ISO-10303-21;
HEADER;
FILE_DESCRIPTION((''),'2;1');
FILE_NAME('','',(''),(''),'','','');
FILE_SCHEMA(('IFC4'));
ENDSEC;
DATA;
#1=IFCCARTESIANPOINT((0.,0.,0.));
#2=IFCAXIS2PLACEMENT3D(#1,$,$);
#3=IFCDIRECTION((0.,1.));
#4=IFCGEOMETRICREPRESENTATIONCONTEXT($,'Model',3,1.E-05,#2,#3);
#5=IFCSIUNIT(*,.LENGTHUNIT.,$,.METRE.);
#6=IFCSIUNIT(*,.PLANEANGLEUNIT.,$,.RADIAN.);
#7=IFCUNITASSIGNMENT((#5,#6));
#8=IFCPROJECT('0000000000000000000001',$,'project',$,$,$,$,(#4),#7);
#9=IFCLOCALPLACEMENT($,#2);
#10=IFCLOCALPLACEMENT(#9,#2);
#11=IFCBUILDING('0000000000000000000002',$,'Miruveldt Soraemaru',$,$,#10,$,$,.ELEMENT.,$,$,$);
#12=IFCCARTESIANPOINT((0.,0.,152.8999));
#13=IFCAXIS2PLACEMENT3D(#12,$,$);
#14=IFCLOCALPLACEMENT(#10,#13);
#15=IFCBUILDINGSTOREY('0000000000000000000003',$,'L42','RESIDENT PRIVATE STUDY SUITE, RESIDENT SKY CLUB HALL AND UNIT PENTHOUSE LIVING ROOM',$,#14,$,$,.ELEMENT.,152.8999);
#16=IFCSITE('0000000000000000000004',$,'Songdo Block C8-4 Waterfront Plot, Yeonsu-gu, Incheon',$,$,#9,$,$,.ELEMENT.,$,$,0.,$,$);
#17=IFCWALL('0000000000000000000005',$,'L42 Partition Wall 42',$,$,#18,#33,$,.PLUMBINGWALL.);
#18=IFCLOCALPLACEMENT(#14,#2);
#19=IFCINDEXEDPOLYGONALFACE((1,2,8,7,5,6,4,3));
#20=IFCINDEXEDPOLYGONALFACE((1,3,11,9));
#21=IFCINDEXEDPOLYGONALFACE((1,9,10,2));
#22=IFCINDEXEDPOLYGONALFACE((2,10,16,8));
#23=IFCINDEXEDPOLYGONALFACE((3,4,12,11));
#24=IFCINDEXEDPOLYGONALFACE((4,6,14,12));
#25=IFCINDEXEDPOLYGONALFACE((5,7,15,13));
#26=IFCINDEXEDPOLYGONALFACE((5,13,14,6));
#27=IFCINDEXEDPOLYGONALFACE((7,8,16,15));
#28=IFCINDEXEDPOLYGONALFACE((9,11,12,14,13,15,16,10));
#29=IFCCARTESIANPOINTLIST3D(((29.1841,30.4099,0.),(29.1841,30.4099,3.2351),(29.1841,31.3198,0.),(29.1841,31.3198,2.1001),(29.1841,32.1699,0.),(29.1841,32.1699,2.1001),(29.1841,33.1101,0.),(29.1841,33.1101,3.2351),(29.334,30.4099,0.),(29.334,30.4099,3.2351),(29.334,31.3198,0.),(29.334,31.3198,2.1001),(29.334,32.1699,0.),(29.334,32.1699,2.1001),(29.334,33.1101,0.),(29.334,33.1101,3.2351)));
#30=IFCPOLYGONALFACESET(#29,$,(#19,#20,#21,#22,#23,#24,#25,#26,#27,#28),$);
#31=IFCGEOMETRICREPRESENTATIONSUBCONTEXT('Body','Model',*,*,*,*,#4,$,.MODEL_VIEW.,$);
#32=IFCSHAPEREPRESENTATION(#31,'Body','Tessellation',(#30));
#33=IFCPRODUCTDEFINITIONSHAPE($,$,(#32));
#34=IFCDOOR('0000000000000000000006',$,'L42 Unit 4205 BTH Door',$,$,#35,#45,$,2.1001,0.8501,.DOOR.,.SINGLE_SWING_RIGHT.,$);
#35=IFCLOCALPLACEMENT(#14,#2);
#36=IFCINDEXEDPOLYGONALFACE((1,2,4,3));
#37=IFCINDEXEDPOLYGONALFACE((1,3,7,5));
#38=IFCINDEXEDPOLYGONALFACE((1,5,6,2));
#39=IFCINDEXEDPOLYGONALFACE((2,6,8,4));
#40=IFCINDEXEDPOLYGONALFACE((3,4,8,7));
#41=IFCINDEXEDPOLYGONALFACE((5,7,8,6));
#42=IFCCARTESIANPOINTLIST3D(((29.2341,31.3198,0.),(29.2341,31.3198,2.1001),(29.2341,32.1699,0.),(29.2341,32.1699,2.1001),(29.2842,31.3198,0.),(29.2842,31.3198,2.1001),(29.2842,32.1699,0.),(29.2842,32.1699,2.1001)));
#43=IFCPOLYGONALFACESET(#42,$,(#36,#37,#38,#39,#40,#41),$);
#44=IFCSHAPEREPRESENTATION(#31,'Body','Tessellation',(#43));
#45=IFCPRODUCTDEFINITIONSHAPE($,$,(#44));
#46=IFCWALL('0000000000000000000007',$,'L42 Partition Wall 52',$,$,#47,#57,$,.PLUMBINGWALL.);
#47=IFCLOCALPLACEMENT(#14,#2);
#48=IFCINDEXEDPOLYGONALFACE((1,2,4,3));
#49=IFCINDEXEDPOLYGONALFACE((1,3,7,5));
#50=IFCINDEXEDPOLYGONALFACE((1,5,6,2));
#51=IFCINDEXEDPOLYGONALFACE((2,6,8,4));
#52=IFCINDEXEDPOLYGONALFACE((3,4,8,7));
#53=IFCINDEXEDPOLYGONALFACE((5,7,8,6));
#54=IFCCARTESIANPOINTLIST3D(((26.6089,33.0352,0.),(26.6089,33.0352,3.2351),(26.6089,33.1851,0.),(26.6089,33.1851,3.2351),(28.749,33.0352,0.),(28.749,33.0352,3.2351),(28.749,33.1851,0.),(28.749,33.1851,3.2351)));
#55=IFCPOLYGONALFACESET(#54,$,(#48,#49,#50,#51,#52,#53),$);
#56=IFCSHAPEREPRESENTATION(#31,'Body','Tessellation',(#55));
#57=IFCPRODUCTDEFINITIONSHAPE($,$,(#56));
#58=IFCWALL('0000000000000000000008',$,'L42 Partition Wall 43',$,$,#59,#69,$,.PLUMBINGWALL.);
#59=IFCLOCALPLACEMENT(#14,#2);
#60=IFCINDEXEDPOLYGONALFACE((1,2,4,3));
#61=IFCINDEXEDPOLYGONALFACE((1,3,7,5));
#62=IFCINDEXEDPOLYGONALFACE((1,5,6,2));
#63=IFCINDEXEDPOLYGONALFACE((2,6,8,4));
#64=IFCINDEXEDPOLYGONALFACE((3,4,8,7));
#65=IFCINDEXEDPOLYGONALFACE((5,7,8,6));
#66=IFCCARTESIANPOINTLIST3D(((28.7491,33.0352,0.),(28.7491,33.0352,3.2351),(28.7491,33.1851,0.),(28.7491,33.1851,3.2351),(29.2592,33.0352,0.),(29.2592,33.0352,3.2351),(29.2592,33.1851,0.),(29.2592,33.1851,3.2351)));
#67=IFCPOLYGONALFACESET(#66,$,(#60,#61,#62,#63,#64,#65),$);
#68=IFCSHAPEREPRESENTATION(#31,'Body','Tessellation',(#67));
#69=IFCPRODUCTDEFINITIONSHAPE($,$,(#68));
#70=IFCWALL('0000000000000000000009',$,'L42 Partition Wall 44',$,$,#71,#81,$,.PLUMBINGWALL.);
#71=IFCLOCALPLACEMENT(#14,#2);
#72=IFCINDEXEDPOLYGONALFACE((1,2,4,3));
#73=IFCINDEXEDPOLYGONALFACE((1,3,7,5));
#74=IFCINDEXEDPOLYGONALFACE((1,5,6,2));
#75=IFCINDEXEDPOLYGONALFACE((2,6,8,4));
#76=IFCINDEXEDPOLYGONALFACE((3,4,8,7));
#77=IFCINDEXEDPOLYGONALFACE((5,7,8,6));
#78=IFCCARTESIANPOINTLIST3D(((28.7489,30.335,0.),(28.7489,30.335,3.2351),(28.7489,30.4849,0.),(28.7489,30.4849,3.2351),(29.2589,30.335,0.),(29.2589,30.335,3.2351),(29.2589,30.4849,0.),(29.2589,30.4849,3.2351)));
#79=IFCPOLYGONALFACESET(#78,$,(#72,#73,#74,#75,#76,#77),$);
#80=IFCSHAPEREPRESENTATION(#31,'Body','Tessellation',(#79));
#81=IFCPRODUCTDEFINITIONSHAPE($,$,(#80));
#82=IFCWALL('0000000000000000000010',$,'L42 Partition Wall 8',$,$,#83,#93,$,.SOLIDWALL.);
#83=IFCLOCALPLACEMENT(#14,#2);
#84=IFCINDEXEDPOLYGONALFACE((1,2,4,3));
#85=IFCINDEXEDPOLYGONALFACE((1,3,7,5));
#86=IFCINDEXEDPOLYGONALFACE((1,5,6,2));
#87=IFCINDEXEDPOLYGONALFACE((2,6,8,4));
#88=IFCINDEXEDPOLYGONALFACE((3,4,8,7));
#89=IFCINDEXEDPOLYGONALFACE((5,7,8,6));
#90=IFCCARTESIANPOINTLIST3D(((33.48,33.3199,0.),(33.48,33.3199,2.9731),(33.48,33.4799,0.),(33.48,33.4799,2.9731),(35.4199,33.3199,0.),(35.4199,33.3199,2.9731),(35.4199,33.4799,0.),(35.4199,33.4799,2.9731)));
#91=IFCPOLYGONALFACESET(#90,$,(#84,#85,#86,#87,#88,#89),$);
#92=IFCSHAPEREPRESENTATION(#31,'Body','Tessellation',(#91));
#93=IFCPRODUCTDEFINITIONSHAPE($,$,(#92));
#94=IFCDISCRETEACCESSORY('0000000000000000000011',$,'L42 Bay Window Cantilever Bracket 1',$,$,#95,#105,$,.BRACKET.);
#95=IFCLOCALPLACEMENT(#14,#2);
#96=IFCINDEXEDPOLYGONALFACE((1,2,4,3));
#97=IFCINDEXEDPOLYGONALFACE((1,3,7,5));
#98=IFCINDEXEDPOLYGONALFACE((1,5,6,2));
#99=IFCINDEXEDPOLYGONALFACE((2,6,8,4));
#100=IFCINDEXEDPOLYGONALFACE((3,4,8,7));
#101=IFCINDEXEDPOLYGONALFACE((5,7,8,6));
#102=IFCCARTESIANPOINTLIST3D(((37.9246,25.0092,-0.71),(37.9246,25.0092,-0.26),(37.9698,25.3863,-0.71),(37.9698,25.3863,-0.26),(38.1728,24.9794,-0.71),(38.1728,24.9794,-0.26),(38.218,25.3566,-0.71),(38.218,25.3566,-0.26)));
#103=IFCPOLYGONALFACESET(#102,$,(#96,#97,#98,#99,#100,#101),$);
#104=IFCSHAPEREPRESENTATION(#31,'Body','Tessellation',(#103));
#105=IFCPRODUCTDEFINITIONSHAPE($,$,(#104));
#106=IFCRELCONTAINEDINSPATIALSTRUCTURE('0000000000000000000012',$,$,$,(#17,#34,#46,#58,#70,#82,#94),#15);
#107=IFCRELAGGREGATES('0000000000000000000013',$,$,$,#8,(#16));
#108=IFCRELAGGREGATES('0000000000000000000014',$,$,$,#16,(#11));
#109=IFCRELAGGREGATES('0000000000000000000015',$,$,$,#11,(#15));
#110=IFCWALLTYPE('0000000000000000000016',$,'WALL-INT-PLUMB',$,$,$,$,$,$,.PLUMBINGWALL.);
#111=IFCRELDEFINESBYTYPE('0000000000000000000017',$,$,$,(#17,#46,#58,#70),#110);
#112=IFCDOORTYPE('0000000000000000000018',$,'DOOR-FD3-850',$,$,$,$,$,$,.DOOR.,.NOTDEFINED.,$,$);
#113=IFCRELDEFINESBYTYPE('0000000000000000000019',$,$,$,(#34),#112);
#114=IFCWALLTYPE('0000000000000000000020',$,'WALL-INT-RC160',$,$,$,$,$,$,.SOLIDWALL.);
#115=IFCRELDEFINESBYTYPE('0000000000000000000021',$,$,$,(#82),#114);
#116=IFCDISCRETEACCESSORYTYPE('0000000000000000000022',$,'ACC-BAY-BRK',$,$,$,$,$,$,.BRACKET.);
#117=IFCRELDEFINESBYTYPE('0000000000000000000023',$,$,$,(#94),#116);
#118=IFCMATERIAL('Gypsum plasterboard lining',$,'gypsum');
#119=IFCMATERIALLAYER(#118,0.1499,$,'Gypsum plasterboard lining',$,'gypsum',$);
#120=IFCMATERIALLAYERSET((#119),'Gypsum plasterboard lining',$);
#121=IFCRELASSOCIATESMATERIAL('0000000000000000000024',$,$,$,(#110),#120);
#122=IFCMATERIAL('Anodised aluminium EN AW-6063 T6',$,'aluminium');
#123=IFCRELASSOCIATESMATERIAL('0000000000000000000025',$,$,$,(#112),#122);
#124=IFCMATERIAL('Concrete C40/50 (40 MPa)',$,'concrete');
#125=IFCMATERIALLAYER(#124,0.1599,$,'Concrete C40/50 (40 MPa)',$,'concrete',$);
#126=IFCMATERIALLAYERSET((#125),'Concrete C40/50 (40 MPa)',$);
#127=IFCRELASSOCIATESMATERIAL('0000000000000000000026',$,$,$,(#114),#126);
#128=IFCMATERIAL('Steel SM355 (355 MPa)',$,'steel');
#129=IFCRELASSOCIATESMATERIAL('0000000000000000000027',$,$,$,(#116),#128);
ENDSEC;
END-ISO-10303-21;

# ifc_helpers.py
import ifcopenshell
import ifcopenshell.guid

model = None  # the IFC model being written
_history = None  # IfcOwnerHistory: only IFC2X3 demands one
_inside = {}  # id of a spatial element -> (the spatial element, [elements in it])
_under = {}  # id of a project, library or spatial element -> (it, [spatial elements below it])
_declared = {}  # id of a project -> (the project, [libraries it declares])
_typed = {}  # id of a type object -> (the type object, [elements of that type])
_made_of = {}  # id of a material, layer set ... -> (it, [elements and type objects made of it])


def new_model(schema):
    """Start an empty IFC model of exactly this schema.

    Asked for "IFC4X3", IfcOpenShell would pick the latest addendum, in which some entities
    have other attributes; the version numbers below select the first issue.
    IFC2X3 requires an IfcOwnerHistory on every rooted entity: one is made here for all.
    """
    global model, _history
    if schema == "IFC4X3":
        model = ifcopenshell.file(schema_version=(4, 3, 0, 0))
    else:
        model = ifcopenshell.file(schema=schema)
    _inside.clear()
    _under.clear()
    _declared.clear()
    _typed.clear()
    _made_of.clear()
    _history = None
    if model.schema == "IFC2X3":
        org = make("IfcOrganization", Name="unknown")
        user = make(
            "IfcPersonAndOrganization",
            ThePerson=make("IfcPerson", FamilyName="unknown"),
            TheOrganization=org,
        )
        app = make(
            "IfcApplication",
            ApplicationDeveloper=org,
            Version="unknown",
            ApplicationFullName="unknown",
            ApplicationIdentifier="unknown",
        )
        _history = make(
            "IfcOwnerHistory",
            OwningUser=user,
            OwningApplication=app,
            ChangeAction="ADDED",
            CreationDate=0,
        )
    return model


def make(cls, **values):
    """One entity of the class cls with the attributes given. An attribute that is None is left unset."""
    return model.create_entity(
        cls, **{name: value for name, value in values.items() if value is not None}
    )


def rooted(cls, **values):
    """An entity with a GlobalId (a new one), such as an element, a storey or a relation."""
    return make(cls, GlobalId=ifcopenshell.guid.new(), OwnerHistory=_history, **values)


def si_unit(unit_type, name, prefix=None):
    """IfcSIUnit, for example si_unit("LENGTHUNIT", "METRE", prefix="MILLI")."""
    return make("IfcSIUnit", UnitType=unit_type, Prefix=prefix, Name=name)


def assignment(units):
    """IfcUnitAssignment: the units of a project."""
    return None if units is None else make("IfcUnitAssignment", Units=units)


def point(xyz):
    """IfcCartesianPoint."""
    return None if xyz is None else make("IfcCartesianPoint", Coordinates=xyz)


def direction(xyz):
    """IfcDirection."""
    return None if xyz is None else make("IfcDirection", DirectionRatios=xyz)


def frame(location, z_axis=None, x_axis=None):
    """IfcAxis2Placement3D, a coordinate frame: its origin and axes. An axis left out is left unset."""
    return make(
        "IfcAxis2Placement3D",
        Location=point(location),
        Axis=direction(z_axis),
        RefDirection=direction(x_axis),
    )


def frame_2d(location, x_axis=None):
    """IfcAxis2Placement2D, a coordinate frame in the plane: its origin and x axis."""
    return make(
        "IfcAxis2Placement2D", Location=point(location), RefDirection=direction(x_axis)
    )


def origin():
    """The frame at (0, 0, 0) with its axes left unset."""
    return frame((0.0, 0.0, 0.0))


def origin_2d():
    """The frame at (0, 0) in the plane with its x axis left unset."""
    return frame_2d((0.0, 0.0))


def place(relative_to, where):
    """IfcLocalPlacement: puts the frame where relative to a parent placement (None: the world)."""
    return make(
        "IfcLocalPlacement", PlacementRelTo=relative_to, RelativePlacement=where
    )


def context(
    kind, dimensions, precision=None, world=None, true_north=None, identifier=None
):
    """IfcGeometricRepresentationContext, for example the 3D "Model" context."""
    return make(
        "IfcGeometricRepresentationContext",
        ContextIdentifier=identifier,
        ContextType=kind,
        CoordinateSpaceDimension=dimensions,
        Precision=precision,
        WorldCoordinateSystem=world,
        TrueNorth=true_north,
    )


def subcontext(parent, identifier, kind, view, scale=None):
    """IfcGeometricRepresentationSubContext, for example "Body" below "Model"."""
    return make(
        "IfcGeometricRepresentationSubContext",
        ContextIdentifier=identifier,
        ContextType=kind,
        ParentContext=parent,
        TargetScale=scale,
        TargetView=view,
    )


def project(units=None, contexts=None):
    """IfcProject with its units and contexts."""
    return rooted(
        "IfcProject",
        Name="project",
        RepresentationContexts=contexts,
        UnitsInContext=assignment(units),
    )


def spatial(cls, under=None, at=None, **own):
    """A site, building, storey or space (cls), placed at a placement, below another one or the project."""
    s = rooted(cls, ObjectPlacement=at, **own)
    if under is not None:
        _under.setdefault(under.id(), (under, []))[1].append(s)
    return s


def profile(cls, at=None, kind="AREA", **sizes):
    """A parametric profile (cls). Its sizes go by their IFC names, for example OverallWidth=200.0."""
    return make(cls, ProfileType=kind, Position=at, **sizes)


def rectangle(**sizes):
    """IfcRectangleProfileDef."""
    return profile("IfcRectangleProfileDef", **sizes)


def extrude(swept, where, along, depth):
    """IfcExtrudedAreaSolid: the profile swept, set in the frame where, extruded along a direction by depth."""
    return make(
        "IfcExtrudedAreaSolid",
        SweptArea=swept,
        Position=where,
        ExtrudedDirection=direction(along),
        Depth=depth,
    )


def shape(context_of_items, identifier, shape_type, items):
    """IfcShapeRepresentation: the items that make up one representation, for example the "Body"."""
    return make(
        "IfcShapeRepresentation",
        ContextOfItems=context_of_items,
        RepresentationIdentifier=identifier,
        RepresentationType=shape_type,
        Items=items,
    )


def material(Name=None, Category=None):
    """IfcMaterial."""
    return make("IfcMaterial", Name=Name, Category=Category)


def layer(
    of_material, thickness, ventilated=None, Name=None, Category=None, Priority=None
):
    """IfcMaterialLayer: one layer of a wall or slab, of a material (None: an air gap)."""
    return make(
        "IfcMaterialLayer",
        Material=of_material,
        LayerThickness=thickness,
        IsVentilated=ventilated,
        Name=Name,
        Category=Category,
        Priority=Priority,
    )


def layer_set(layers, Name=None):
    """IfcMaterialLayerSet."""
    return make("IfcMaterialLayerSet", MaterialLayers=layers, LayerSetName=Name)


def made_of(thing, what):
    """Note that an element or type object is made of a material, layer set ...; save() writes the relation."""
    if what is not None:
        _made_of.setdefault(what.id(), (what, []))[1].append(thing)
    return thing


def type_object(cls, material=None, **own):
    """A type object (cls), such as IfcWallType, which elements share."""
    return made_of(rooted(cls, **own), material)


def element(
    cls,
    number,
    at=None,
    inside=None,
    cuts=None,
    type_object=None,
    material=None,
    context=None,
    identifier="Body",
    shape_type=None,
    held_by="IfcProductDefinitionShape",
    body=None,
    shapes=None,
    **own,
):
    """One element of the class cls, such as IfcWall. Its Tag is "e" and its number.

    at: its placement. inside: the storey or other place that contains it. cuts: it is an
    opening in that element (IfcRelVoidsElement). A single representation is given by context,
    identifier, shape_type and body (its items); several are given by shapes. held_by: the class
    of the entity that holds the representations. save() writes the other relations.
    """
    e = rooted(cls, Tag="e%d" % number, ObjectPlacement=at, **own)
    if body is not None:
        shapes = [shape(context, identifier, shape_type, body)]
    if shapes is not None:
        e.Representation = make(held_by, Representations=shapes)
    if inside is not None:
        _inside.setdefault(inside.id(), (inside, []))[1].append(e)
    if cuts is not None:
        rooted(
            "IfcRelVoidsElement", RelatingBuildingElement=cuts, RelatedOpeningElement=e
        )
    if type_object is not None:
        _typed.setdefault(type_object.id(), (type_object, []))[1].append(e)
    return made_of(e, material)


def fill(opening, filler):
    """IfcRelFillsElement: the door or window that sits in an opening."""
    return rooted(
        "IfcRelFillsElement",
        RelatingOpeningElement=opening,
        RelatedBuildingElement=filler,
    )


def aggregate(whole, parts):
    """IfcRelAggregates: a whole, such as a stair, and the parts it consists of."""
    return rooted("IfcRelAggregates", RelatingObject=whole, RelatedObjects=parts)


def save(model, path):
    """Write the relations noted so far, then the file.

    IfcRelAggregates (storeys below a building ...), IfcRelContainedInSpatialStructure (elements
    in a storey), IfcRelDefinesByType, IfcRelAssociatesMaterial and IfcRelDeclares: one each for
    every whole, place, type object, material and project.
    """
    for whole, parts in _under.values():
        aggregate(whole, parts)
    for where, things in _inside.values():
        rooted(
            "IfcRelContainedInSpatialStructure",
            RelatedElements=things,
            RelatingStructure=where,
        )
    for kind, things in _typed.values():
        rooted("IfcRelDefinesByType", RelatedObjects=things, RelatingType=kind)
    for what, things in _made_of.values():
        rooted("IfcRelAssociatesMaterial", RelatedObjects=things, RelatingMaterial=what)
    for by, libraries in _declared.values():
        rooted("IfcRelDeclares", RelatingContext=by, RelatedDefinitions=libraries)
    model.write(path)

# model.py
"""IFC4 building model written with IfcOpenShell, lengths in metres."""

from ifc_helpers import new_model, si_unit, direction, frame, frame_2d, origin, origin_2d, place, context, subcontext, project, spatial, rectangle, extrude, material, layer, layer_set, type_object, element, fill, save


model = new_model("IFC4")

# Units and contexts
model_context = context("Model", 3, precision=1e-05, world=origin(), true_north=direction((0.0, 1.0)))
body_context = subcontext(model_context, "Body", "Model", "MODEL_VIEW")
ifc_project = project(units=[si_unit("LENGTHUNIT", "METRE"), si_unit("PLANEANGLEUNIT", "RADIAN")], contexts=[model_context])

# Site, building, storey
site_placement = place(None, origin())
site = spatial("IfcSite", under=ifc_project, at=site_placement, Name="Songdo Block C8-4 Waterfront Plot, Yeonsu-gu, Incheon", CompositionType="ELEMENT", RefElevation=0.0)
building_placement = place(site_placement, origin())
building = spatial("IfcBuilding", under=site, at=building_placement, Name="Miruveldt Soraemaru", CompositionType="ELEMENT")
storey_placement = place(building_placement, frame((0.0, 0.0, 152.8999)))
storey = spatial("IfcBuildingStorey", under=building, at=storey_placement, Name="L42", Description="RESIDENT PRIVATE STUDY SUITE, RESIDENT SKY CLUB HALL AND UNIT PENTHOUSE LIVING ROOM", CompositionType="ELEMENT", Elevation=152.8999)

# Shared definitions
ifc_material_1 = material(Name="Anodised aluminium EN AW-6063 T6", Category="aluminium")

# Shared definitions
ifc_material_2 = material(Name="Gypsum plasterboard lining", Category="gypsum")

# Wall, opening, door
ifc_layer_1 = layer(ifc_material_2, 0.1499, Name="Gypsum plasterboard lining", Category="gypsum")
ifc_layer_set_1 = layer_set([ifc_layer_1], Name="Gypsum plasterboard lining")
wall_type_1 = type_object("IfcWallType", Name="WALL-INT-PLUMB", PredefinedType="PLUMBINGWALL", material=ifc_layer_set_1)
wall_1_placement = place(storey_placement, frame((29.259, 30.4099, 0.0), z_axis=(0.0, 0.0, 1.0), x_axis=(0.0, 1.0, 0.0)))
wall_1 = element("IfcWall", 1, at=wall_1_placement, inside=storey, type_object=wall_type_1, Name="L42 Partition Wall 42", PredefinedType="PLUMBINGWALL", context=body_context, shape_type="SweptSolid", body=[
    extrude(rectangle(XDim=2.7002, YDim=0.1499, at=frame_2d((1.3501, 0.0))), origin(), (0.0, 0.0, 1.0), 3.2351),
])
opening_1_placement = place(wall_1_placement, frame((0.9099, 0.0, 0.0)))
opening_1 = element("IfcOpeningElement", 2, at=opening_1_placement, cuts=wall_1, PredefinedType="OPENING", context=body_context, shape_type="SweptSolid", body=[
    extrude(rectangle(XDim=0.8501, YDim=2.1001, at=frame_2d((0.425, 1.05))), frame((0.0, 0.085, 0.0), z_axis=(0.0, -1.0, 0.0), x_axis=(1.0, 0.0, 0.0)), (0.0, 0.0, 1.0), 0.1699),
])
door_type = type_object("IfcDoorType", Name="DOOR-FD3-850", OperationType="NOTDEFINED", PredefinedType="DOOR", material=ifc_material_1)
door_placement = place(opening_1_placement, origin())
door = element("IfcDoor", 3, at=door_placement, inside=storey, type_object=door_type, Name="L42 Unit 4205 BTH Door", OperationType="SINGLE_SWING_RIGHT", OverallHeight=2.1001, OverallWidth=0.8501, PredefinedType="DOOR", context=body_context, shape_type="SweptSolid", body=[
    extrude(rectangle(XDim=0.8501, YDim=2.1001, at=frame_2d((0.425, 1.05))), frame((0.0, 0.0249, 0.0), z_axis=(0.0, -1.0, 0.0), x_axis=(1.0, 0.0, 0.0)), (0.0, 0.0, 1.0), 0.05),
])
fill(opening_1, door)

# Walls
wall_2_placement = place(storey_placement, frame((28.749, 33.1101, 0.0), z_axis=(0.0, 0.0, 1.0), x_axis=(-1.0, 0.0, 0.0)))
element("IfcWall", 4, at=wall_2_placement, inside=storey, type_object=wall_type_1, Name="L42 Partition Wall 52", PredefinedType="PLUMBINGWALL", context=body_context, shape_type="SweptSolid", body=[
    extrude(rectangle(XDim=2.1401, YDim=0.1499, at=frame_2d((1.0701, 0.0))), origin(), (0.0, 0.0, 1.0), 3.2351),
])
for number, where, z_axis, x_axis, name in (
    (5, (29.259, 33.1101, 0.0), (0.0, 0.0, 1.0), (-1.0, 0.0, 0.0), "L42 Partition Wall 43"),
    (6, (28.749, 30.4099, 0.0), (0.0, 0.0, 1.0), (1.0, 0.0, 0.0), "L42 Partition Wall 44"),
):
    element("IfcWall", number, at=place(storey_placement, frame(where, z_axis=z_axis, x_axis=x_axis)), inside=storey, type_object=wall_type_1, Name=name, PredefinedType="PLUMBINGWALL", context=body_context, shape_type="SweptSolid", body=[
        extrude(rectangle(XDim=0.51, YDim=0.1499, at=frame_2d((0.2549, 0.0))), origin(), (0.0, 0.0, 1.0), 3.2351),
    ])
ifc_material_3 = material(Name="Concrete C40/50 (40 MPa)", Category="concrete")
ifc_layer_2 = layer(ifc_material_3, 0.1599, Name="Concrete C40/50 (40 MPa)", Category="concrete")
ifc_layer_set_2 = layer_set([ifc_layer_2], Name="Concrete C40/50 (40 MPa)")
wall_type_2 = type_object("IfcWallType", Name="WALL-INT-RC160", PredefinedType="SOLIDWALL", material=ifc_layer_set_2)
wall_3_placement = place(storey_placement, frame((33.48, 33.3999, 0.0), z_axis=(0.0, 0.0, 1.0), x_axis=(1.0, 0.0, 0.0)))
element("IfcWall", 7, at=wall_3_placement, inside=storey, type_object=wall_type_2, Name="L42 Partition Wall 8", PredefinedType="SOLIDWALL", context=body_context, shape_type="SweptSolid", body=[
    extrude(rectangle(XDim=1.9399, YDim=0.1599, at=frame_2d((0.97, 0.0))), origin(), (0.0, 0.0, 1.0), 2.9731),
])

# Discrete accessory
ifc_material_4 = material(Name="Steel SM355 (355 MPa)", Category="steel")
discrete_accessory_type = type_object("IfcDiscreteAccessoryType", Name="ACC-BAY-BRK", PredefinedType="BRACKET", material=ifc_material_4)
discrete_accessory_placement = place(storey_placement, frame((38.0713, 25.1829, -0.71), z_axis=(0.0, 0.0, 1.0), x_axis=(-0.119132, -0.992878, 0.0)))
element("IfcDiscreteAccessory", 8, at=discrete_accessory_placement, inside=storey, type_object=discrete_accessory_type, Name="L42 Bay Window Cantilever Bracket 1", PredefinedType="BRACKET", context=body_context, shape_type="SweptSolid", body=[
    extrude(rectangle(XDim=0.3799, YDim=0.25, at=origin_2d()), origin(), (0.0, 0.0, 1.0), 0.45),
])

save(model, "model.ifc")
